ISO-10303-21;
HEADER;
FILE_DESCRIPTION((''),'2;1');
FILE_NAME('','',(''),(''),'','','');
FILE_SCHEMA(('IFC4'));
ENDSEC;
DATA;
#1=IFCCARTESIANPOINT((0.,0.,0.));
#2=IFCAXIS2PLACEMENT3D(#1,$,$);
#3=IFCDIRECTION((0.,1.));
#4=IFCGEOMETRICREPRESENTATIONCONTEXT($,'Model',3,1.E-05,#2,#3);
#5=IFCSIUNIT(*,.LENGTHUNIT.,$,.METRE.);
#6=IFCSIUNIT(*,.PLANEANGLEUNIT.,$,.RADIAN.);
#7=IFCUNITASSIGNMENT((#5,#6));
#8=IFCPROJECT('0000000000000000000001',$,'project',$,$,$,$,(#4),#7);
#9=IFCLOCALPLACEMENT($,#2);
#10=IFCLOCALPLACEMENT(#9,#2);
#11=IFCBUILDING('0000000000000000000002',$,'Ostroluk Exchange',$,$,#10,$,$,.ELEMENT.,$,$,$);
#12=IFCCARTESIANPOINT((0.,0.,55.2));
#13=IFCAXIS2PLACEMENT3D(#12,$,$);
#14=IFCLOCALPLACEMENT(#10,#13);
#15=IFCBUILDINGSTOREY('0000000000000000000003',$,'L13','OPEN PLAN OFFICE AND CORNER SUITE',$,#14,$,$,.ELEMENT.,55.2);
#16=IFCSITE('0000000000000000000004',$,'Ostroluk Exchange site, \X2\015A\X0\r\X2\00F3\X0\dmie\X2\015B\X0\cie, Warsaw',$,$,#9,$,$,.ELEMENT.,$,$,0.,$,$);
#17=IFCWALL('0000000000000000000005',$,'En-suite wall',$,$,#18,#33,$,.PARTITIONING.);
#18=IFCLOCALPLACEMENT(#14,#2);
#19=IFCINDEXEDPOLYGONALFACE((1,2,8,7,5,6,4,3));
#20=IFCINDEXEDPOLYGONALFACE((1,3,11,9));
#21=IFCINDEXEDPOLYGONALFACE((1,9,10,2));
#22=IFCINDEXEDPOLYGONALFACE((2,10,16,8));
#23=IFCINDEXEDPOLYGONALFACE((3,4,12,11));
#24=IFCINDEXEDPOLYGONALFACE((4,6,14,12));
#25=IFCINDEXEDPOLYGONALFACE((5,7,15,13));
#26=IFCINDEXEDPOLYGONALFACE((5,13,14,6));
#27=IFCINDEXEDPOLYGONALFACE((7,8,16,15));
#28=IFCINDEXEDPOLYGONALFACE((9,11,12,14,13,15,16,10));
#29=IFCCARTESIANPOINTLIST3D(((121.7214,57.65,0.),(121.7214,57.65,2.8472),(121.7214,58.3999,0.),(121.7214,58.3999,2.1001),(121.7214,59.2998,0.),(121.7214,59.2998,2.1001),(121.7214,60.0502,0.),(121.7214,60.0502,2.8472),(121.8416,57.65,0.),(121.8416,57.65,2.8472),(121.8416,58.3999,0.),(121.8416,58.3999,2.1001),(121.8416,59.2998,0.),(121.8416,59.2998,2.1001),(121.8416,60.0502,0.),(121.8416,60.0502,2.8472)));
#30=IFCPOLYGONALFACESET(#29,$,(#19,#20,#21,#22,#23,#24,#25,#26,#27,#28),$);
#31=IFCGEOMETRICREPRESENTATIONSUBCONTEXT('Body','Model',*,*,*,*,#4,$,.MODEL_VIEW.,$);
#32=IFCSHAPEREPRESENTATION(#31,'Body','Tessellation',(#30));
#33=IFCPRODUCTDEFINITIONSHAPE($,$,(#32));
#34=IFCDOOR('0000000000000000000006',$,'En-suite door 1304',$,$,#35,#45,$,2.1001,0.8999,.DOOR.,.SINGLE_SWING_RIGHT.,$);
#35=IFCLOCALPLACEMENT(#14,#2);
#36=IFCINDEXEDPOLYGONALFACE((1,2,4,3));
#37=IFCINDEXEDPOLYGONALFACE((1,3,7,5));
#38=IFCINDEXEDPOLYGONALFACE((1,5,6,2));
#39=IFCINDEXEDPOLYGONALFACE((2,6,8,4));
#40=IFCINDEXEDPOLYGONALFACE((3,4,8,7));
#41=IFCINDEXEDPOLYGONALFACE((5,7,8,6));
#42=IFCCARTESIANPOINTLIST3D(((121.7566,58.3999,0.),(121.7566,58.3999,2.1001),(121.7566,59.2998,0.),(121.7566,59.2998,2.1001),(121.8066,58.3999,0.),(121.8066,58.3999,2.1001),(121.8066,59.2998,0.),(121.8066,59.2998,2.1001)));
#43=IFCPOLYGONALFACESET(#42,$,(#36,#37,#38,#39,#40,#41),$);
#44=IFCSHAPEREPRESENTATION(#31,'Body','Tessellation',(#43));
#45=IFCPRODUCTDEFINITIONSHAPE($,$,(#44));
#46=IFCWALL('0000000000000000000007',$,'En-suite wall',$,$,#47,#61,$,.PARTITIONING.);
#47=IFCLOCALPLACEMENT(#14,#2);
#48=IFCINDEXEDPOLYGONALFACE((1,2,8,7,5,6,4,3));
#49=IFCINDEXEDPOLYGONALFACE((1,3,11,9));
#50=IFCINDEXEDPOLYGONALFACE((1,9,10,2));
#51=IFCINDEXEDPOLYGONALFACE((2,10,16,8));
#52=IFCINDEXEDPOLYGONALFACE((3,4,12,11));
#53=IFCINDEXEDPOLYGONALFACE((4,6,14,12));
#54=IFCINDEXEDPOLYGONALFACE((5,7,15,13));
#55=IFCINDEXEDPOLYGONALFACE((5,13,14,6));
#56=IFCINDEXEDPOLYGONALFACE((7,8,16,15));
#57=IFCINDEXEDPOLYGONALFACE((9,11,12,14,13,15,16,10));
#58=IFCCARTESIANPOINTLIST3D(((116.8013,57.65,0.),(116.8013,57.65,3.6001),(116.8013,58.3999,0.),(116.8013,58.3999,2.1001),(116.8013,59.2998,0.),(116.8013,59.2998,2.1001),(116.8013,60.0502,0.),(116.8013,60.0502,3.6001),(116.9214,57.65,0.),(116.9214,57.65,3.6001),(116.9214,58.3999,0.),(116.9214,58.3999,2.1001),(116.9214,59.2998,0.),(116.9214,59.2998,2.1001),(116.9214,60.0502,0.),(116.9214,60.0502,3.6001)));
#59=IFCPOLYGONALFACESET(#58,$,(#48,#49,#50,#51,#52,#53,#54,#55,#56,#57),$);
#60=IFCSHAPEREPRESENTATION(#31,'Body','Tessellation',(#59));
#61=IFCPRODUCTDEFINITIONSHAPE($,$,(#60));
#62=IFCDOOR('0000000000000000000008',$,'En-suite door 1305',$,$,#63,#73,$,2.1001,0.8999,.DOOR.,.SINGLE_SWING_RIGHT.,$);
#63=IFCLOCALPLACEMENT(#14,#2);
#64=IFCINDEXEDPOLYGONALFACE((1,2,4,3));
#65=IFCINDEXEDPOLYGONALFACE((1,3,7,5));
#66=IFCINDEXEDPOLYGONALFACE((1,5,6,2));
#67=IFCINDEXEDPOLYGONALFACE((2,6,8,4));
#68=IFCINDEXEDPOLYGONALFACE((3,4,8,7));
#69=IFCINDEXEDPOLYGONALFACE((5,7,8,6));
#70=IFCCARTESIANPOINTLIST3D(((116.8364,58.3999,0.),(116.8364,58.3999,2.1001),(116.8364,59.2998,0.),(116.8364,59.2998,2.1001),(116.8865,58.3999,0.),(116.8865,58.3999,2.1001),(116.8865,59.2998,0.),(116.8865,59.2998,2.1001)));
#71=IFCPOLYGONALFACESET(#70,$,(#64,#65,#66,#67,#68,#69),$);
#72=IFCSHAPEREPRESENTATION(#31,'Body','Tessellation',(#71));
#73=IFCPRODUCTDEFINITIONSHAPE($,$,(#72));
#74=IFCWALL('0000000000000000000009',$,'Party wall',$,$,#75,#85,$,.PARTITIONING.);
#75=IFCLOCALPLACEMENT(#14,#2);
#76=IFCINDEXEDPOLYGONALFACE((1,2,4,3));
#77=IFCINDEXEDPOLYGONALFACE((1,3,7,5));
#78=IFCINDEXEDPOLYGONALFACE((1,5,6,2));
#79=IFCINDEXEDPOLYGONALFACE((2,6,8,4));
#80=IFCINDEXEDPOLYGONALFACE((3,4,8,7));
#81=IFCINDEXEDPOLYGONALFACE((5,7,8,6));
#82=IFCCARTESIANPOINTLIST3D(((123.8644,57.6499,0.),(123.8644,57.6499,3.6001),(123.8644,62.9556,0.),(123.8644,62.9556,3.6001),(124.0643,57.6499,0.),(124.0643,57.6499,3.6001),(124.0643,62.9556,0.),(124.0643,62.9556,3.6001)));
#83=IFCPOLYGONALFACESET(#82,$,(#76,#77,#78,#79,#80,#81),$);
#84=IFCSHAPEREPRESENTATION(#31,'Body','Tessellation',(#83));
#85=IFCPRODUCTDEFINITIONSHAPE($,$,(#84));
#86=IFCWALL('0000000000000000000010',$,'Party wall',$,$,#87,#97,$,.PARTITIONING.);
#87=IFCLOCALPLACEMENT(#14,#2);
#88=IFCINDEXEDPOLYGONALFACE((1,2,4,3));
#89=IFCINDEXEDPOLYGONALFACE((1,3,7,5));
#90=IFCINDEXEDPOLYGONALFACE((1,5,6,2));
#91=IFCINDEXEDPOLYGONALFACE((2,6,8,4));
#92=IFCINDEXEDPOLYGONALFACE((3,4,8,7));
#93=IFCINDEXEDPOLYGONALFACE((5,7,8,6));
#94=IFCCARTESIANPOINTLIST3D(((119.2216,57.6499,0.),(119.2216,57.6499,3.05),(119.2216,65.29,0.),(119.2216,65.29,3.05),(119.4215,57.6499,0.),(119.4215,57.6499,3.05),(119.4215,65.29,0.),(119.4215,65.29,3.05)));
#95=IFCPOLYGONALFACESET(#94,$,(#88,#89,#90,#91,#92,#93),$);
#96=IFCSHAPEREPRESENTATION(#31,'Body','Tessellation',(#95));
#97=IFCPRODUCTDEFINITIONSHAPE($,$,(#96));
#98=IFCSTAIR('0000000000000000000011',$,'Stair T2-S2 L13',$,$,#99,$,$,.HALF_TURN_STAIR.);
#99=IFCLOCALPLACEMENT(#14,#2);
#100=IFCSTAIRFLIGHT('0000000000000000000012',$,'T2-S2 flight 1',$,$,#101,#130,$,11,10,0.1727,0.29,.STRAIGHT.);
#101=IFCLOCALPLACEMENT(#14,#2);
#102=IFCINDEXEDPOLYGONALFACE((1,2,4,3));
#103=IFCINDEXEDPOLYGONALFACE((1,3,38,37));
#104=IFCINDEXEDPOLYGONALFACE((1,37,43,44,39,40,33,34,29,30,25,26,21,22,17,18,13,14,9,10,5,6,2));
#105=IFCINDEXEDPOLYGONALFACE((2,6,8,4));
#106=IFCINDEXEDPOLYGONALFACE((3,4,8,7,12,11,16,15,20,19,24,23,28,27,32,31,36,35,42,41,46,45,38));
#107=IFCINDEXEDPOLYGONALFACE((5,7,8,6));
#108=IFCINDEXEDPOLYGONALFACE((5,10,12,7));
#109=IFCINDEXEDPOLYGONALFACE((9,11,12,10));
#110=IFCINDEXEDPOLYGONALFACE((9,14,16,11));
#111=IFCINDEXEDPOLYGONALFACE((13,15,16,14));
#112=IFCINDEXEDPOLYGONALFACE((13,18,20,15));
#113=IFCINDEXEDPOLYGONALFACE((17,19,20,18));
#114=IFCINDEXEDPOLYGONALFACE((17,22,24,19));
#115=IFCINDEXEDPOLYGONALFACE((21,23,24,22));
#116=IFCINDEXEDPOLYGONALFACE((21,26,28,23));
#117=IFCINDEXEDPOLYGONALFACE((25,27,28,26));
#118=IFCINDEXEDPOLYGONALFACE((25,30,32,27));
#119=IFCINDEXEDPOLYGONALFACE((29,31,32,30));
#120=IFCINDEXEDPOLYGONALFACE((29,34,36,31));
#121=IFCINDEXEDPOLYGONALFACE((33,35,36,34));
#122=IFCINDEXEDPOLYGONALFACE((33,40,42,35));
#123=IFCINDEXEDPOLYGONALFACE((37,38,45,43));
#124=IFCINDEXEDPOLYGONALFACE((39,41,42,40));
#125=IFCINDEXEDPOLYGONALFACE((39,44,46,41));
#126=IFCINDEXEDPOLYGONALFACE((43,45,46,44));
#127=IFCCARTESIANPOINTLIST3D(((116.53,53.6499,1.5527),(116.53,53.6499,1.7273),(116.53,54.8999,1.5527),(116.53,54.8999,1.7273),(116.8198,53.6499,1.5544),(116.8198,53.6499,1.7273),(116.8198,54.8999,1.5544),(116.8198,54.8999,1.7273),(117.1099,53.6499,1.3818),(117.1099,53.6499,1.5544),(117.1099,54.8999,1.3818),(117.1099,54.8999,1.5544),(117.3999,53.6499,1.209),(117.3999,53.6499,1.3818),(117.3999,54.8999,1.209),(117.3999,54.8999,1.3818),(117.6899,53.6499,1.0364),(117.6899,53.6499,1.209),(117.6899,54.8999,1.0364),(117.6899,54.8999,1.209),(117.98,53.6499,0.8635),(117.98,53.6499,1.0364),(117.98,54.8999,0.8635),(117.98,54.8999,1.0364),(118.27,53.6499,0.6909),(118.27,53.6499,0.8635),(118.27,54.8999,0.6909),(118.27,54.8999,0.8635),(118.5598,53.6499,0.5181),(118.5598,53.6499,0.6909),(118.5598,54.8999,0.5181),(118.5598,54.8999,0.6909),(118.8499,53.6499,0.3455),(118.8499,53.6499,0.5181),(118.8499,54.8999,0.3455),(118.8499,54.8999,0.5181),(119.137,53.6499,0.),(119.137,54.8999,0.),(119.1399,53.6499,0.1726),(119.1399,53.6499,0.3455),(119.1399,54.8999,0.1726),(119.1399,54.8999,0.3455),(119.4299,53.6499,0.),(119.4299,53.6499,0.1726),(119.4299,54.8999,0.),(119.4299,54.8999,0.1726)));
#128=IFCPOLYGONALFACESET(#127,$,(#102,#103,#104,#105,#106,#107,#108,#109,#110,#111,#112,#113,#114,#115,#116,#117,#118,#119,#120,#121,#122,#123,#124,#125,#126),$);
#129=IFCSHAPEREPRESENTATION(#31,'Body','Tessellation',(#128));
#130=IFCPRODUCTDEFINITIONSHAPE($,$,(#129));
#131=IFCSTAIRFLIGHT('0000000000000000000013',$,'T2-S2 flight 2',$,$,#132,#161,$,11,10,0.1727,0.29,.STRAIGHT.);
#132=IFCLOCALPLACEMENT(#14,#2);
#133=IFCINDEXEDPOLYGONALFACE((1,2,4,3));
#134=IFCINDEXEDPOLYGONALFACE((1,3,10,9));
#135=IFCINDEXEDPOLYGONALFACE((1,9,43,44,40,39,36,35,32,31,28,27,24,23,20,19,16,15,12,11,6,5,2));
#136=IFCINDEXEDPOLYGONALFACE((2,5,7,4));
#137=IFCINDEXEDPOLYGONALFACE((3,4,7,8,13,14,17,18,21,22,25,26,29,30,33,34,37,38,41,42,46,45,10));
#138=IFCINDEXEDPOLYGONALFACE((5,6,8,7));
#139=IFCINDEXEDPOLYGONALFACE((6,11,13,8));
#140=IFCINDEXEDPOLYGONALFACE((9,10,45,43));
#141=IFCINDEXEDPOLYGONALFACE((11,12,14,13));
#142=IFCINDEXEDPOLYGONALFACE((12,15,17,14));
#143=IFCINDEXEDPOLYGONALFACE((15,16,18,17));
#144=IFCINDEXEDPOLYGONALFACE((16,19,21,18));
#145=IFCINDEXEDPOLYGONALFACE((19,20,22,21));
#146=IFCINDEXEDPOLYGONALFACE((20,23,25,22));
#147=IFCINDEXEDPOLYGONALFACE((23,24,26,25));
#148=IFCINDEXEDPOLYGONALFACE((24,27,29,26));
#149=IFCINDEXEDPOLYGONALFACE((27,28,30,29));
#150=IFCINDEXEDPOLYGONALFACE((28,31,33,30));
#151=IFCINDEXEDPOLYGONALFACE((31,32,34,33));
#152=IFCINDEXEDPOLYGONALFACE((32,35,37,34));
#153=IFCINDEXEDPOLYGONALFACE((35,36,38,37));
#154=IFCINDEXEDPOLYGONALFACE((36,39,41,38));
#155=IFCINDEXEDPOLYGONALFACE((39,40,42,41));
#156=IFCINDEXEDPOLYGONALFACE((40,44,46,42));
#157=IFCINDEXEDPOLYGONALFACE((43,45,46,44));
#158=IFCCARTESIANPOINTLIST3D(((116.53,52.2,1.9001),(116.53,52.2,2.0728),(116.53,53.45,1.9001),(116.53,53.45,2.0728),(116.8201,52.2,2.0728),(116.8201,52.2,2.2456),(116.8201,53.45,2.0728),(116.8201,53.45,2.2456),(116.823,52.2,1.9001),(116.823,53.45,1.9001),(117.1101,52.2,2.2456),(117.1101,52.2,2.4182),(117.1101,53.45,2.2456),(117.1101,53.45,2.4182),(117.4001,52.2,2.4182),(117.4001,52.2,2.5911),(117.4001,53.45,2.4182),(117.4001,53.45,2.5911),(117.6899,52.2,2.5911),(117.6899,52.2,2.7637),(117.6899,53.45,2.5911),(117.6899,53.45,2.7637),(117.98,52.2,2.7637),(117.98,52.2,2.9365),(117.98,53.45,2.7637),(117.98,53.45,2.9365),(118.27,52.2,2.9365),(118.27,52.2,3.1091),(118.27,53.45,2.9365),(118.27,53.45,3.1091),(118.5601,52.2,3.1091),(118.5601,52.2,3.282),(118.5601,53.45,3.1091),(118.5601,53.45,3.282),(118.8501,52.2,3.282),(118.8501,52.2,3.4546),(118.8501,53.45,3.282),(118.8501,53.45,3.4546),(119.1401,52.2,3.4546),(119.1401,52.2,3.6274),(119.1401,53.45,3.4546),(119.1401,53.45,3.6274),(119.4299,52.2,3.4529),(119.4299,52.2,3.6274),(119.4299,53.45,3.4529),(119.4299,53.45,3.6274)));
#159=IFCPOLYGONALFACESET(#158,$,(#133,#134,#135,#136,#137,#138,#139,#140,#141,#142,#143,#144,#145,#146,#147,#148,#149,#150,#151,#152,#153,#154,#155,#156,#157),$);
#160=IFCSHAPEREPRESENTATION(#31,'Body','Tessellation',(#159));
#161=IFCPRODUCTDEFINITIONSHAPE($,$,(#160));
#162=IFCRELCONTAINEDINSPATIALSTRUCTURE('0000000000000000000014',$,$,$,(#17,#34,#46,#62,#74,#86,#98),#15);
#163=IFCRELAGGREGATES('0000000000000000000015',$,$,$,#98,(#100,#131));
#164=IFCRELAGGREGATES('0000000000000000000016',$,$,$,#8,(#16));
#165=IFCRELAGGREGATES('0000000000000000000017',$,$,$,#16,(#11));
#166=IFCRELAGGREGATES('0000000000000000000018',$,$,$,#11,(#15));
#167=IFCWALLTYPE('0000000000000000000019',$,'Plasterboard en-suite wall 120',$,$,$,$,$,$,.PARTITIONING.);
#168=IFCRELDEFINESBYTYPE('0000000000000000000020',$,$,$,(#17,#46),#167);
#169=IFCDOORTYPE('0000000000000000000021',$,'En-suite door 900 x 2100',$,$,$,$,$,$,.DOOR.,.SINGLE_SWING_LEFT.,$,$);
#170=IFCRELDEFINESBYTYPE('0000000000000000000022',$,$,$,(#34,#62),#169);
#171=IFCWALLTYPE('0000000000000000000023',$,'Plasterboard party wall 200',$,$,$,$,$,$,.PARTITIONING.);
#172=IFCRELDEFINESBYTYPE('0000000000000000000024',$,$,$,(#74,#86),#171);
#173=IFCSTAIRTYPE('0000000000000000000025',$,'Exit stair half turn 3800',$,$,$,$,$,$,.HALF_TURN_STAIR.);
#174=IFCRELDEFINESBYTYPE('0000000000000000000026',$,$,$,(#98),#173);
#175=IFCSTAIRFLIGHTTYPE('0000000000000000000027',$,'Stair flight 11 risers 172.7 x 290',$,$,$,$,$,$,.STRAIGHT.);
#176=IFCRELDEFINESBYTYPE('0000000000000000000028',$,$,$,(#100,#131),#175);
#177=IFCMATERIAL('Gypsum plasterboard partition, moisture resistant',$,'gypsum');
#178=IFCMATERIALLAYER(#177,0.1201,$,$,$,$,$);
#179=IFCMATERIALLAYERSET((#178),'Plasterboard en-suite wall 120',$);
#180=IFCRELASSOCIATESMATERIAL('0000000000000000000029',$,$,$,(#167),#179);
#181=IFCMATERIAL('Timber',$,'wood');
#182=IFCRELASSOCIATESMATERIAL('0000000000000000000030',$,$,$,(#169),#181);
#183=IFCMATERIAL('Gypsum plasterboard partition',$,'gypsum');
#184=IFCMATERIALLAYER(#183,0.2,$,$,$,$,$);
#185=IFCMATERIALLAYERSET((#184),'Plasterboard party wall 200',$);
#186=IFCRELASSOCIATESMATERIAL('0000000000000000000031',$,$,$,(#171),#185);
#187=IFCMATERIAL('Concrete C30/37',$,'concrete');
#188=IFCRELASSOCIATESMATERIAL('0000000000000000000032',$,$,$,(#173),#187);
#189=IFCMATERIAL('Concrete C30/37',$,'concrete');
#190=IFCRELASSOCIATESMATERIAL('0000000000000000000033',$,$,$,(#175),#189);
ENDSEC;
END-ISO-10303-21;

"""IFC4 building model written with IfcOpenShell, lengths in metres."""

from ifc_helpers import new_model, si_unit, direction, frame, frame_2d, origin, place, context, subcontext, project, spatial, polyline, rectangle, outline, extrude, material, layer, layer_set, type_object, element, fill, aggregate, save


model = new_model("IFC4")

# Units and contexts
model_context = context("Model", 3, precision=1e-05, world=origin(), true_north=direction((0.0, 1.0)))
body_context = subcontext(model_context, "Body", "Model", "MODEL_VIEW")
ifc_project = project(units=[si_unit("LENGTHUNIT", "METRE"), si_unit("PLANEANGLEUNIT", "RADIAN")], contexts=[model_context])

# Site, building, storey
site_placement = place(None, origin())
site = spatial("IfcSite", under=ifc_project, at=site_placement, Name="Ostroluk Exchange site, Śródmieście, Warsaw", CompositionType="ELEMENT", RefElevation=0.0)
building_placement = place(site_placement, origin())
building = spatial("IfcBuilding", under=site, at=building_placement, Name="Ostroluk Exchange", CompositionType="ELEMENT")
storey_placement = place(building_placement, frame((0.0, 0.0, 55.2)))
storey = spatial("IfcBuildingStorey", under=building, at=storey_placement, Name="L13", Description="OPEN PLAN OFFICE AND CORNER SUITE", CompositionType="ELEMENT", Elevation=55.2)

# Walls, openings, doors
ifc_material_1 = material(Name="Gypsum plasterboard partition, moisture resistant", Category="gypsum")
ifc_layer_1 = layer(ifc_material_1, 0.1201)
ifc_layer_set_1 = layer_set([ifc_layer_1], Name="Plasterboard en-suite wall 120")
wall_type_1 = type_object("IfcWallType", Name="Plasterboard en-suite wall 120", PredefinedType="PARTITIONING", material=ifc_layer_set_1)
wall_1_placement = place(storey_placement, frame((121.7815, 57.6499, 0.0), z_axis=(0.0, 0.0, 1.0), x_axis=(0.0, 1.0, 0.0)))
wall_1 = element("IfcWall", 1, at=wall_1_placement, inside=storey, type_object=wall_type_1, Name="En-suite wall", PredefinedType="PARTITIONING", context=body_context, shape_type="SweptSolid", body=[
    extrude(rectangle(XDim=2.4001, YDim=0.1201, at=frame_2d((1.2002, 0.0))), origin(), (0.0, 0.0, 1.0), 2.8472),
])
opening_1_placement = place(wall_1_placement, frame((0.75, 0.0, 0.0)))
opening_1 = element("IfcOpeningElement", 2, at=opening_1_placement, cuts=wall_1, PredefinedType="OPENING", context=body_context, shape_type="SweptSolid", body=[
    extrude(rectangle(XDim=0.8999, YDim=2.1001, at=frame_2d((0.45, 1.05))), frame((0.0, 0.0701, 0.0), z_axis=(0.0, -1.0, 0.0), x_axis=(1.0, 0.0, 0.0)), (0.0, 0.0, 1.0), 0.1401),
])
ifc_material_2 = material(Name="Timber", Category="wood")
door_type_1 = type_object("IfcDoorType", Name="En-suite door 900 x 2100", OperationType="SINGLE_SWING_LEFT", PredefinedType="DOOR", material=ifc_material_2)
door_1_placement = place(opening_1_placement, origin())
door_1 = element("IfcDoor", 3, at=door_1_placement, inside=storey, type_object=door_type_1, Name="En-suite door 1304", OperationType="SINGLE_SWING_RIGHT", OverallHeight=2.1001, OverallWidth=0.8999, PredefinedType="DOOR", context=body_context, shape_type="SweptSolid", body=[
    extrude(rectangle(XDim=0.8999, YDim=2.1001, at=frame_2d((0.45, 1.05))), frame((0.0, 0.0249, 0.0), z_axis=(0.0, -1.0, 0.0), x_axis=(1.0, 0.0, 0.0)), (0.0, 0.0, 1.0), 0.05),
])
fill(opening_1, door_1)
wall_2_placement = place(storey_placement, frame((116.8613, 57.6499, 0.0), z_axis=(0.0, 0.0, 1.0), x_axis=(0.0, 1.0, 0.0)))
wall_2 = element("IfcWall", 4, at=wall_2_placement, inside=storey, type_object=wall_type_1, Name="En-suite wall", PredefinedType="PARTITIONING", context=body_context, shape_type="SweptSolid", body=[
    extrude(rectangle(XDim=2.4001, YDim=0.1201, at=frame_2d((1.2002, 0.0))), origin(), (0.0, 0.0, 1.0), 3.6001),
])
opening_2_placement = place(wall_2_placement, frame((0.75, 0.0, 0.0)))
opening_2 = element("IfcOpeningElement", 5, at=opening_2_placement, cuts=wall_2, PredefinedType="OPENING", context=body_context, shape_type="SweptSolid", body=[
    extrude(rectangle(XDim=0.8999, YDim=2.1001, at=frame_2d((0.45, 1.05))), frame((0.0, 0.0701, 0.0), z_axis=(0.0, -1.0, 0.0), x_axis=(1.0, 0.0, 0.0)), (0.0, 0.0, 1.0), 0.1401),
])
door_2_placement = place(opening_2_placement, origin())
door_2 = element("IfcDoor", 6, at=door_2_placement, inside=storey, type_object=door_type_1, Name="En-suite door 1305", OperationType="SINGLE_SWING_RIGHT", OverallHeight=2.1001, OverallWidth=0.8999, PredefinedType="DOOR", context=body_context, shape_type="SweptSolid", body=[
    extrude(rectangle(XDim=0.8999, YDim=2.1001, at=frame_2d((0.45, 1.05))), frame((0.0, 0.0249, 0.0), z_axis=(0.0, -1.0, 0.0), x_axis=(1.0, 0.0, 0.0)), (0.0, 0.0, 1.0), 0.05),
])
fill(opening_2, door_2)

# Walls
ifc_material_3 = material(Name="Gypsum plasterboard partition", Category="gypsum")
ifc_layer_2 = layer(ifc_material_3, 0.2)
ifc_layer_set_2 = layer_set([ifc_layer_2], Name="Plasterboard party wall 200")
wall_type_2 = type_object("IfcWallType", Name="Plasterboard party wall 200", PredefinedType="PARTITIONING", material=ifc_layer_set_2)
wall_3_placement = place(storey_placement, frame((123.9644, 57.6499, 0.0), z_axis=(0.0, 0.0, 1.0), x_axis=(0.0, 1.0, 0.0)))
element("IfcWall", 7, at=wall_3_placement, inside=storey, type_object=wall_type_2, Name="Party wall", PredefinedType="PARTITIONING", context=body_context, shape_type="SweptSolid", body=[
    extrude(rectangle(XDim=5.3057, YDim=0.2, at=frame_2d((2.6528, 0.0))), origin(), (0.0, 0.0, 1.0), 3.6001),
])
wall_4_placement = place(storey_placement, frame((119.3215, 57.6499, 0.0), z_axis=(0.0, 0.0, 1.0), x_axis=(0.0, 1.0, 0.0)))
element("IfcWall", 8, at=wall_4_placement, inside=storey, type_object=wall_type_2, Name="Party wall", PredefinedType="PARTITIONING", context=body_context, shape_type="SweptSolid", body=[
    extrude(rectangle(XDim=7.6401, YDim=0.2, at=frame_2d((3.8201, 0.0))), origin(), (0.0, 0.0, 1.0), 3.05),
])

# Stair, stair flights
ifc_material_4 = material(Name="Concrete C30/37", Category="concrete")
stair_type = type_object("IfcStairType", Name="Exit stair half turn 3800", PredefinedType="HALF_TURN_STAIR", material=ifc_material_4)
stair_placement = place(storey_placement, origin())
stair = element("IfcStair", 9, at=stair_placement, inside=storey, type_object=stair_type, Name="Stair T2-S2 L13", PredefinedType="HALF_TURN_STAIR")
ifc_material_5 = material(Name="Concrete C30/37", Category="concrete")
stair_flight_type = type_object("IfcStairFlightType", Name="Stair flight 11 risers 172.7 x 290", PredefinedType="STRAIGHT", material=ifc_material_5)
stair_flight_1_placement = place(storey_placement, frame((119.4299, 54.2749, 0.0), z_axis=(0.0, 0.0, 1.0), x_axis=(-1.0, 0.0, 0.0)))
stair_flight_1 = element("IfcStairFlight", 10, at=stair_flight_1_placement, type_object=stair_flight_type, Name="T2-S2 flight 1", NumberOfRisers=11, NumberOfTreads=10, PredefinedType="STRAIGHT", RiserHeight=0.1727, TreadLength=0.29, context=body_context, shape_type="SweptSolid", body=[
    extrude(outline(polyline([(0.0, 0.0), (0.0, 0.1726), (0.29, 0.1726), (0.29, 0.3455), (0.5801, 0.3455), (0.5801, 0.5181), (0.8701, 0.5181), (0.8701, 0.6909), (1.1599, 0.6909), (1.1599, 0.8635), (1.45, 0.8635), (1.45, 1.0364), (1.74, 1.0364), (1.74, 1.209), (2.03, 1.209), (2.03, 1.3818), (2.3201, 1.3818), (2.3201, 1.5544), (2.6101, 1.5544), (2.6101, 1.7273), (2.8999, 1.7273), (2.8999, 1.8999), (2.8999, 1.5527), (0.293, 0.0), (0.0, 0.0)])), frame((0.0, 0.625, 0.0), z_axis=(0.0, -1.0, 0.0), x_axis=(1.0, 0.0, 0.0)), (0.0, 0.0, 1.0), 1.25),
])
stair_flight_2_placement = place(storey_placement, frame((116.53, 52.825, 1.9001), z_axis=(0.0, 0.0, 1.0), x_axis=(1.0, 0.0, 0.0)))
stair_flight_2 = element("IfcStairFlight", 11, at=stair_flight_2_placement, type_object=stair_flight_type, Name="T2-S2 flight 2", NumberOfRisers=11, NumberOfTreads=10, PredefinedType="STRAIGHT", RiserHeight=0.1727, TreadLength=0.29, context=body_context, shape_type="SweptSolid", body=[
    extrude(outline(polyline([(0.0, 0.0), (0.0, 0.1726), (0.29, 0.1726), (0.29, 0.3455), (0.5801, 0.3455), (0.5801, 0.5181), (0.8701, 0.5181), (0.8701, 0.6909), (1.1599, 0.6909), (1.1599, 0.8635), (1.45, 0.8635), (1.45, 1.0364), (1.74, 1.0364), (1.74, 1.209), (2.03, 1.209), (2.03, 1.3818), (2.3201, 1.3818), (2.3201, 1.5544), (2.6101, 1.5544), (2.6101, 1.7273), (2.8999, 1.7273), (2.8999, 1.8999), (2.8999, 1.5527), (0.293, 0.0), (0.0, 0.0)])), frame((0.0, 0.625, 0.0), z_axis=(0.0, -1.0, 0.0), x_axis=(1.0, 0.0, 0.0)), (0.0, 0.0, 1.0), 1.25),
])
aggregate(stair, [stair_flight_1, stair_flight_2])

save(model, "model.ifc")
